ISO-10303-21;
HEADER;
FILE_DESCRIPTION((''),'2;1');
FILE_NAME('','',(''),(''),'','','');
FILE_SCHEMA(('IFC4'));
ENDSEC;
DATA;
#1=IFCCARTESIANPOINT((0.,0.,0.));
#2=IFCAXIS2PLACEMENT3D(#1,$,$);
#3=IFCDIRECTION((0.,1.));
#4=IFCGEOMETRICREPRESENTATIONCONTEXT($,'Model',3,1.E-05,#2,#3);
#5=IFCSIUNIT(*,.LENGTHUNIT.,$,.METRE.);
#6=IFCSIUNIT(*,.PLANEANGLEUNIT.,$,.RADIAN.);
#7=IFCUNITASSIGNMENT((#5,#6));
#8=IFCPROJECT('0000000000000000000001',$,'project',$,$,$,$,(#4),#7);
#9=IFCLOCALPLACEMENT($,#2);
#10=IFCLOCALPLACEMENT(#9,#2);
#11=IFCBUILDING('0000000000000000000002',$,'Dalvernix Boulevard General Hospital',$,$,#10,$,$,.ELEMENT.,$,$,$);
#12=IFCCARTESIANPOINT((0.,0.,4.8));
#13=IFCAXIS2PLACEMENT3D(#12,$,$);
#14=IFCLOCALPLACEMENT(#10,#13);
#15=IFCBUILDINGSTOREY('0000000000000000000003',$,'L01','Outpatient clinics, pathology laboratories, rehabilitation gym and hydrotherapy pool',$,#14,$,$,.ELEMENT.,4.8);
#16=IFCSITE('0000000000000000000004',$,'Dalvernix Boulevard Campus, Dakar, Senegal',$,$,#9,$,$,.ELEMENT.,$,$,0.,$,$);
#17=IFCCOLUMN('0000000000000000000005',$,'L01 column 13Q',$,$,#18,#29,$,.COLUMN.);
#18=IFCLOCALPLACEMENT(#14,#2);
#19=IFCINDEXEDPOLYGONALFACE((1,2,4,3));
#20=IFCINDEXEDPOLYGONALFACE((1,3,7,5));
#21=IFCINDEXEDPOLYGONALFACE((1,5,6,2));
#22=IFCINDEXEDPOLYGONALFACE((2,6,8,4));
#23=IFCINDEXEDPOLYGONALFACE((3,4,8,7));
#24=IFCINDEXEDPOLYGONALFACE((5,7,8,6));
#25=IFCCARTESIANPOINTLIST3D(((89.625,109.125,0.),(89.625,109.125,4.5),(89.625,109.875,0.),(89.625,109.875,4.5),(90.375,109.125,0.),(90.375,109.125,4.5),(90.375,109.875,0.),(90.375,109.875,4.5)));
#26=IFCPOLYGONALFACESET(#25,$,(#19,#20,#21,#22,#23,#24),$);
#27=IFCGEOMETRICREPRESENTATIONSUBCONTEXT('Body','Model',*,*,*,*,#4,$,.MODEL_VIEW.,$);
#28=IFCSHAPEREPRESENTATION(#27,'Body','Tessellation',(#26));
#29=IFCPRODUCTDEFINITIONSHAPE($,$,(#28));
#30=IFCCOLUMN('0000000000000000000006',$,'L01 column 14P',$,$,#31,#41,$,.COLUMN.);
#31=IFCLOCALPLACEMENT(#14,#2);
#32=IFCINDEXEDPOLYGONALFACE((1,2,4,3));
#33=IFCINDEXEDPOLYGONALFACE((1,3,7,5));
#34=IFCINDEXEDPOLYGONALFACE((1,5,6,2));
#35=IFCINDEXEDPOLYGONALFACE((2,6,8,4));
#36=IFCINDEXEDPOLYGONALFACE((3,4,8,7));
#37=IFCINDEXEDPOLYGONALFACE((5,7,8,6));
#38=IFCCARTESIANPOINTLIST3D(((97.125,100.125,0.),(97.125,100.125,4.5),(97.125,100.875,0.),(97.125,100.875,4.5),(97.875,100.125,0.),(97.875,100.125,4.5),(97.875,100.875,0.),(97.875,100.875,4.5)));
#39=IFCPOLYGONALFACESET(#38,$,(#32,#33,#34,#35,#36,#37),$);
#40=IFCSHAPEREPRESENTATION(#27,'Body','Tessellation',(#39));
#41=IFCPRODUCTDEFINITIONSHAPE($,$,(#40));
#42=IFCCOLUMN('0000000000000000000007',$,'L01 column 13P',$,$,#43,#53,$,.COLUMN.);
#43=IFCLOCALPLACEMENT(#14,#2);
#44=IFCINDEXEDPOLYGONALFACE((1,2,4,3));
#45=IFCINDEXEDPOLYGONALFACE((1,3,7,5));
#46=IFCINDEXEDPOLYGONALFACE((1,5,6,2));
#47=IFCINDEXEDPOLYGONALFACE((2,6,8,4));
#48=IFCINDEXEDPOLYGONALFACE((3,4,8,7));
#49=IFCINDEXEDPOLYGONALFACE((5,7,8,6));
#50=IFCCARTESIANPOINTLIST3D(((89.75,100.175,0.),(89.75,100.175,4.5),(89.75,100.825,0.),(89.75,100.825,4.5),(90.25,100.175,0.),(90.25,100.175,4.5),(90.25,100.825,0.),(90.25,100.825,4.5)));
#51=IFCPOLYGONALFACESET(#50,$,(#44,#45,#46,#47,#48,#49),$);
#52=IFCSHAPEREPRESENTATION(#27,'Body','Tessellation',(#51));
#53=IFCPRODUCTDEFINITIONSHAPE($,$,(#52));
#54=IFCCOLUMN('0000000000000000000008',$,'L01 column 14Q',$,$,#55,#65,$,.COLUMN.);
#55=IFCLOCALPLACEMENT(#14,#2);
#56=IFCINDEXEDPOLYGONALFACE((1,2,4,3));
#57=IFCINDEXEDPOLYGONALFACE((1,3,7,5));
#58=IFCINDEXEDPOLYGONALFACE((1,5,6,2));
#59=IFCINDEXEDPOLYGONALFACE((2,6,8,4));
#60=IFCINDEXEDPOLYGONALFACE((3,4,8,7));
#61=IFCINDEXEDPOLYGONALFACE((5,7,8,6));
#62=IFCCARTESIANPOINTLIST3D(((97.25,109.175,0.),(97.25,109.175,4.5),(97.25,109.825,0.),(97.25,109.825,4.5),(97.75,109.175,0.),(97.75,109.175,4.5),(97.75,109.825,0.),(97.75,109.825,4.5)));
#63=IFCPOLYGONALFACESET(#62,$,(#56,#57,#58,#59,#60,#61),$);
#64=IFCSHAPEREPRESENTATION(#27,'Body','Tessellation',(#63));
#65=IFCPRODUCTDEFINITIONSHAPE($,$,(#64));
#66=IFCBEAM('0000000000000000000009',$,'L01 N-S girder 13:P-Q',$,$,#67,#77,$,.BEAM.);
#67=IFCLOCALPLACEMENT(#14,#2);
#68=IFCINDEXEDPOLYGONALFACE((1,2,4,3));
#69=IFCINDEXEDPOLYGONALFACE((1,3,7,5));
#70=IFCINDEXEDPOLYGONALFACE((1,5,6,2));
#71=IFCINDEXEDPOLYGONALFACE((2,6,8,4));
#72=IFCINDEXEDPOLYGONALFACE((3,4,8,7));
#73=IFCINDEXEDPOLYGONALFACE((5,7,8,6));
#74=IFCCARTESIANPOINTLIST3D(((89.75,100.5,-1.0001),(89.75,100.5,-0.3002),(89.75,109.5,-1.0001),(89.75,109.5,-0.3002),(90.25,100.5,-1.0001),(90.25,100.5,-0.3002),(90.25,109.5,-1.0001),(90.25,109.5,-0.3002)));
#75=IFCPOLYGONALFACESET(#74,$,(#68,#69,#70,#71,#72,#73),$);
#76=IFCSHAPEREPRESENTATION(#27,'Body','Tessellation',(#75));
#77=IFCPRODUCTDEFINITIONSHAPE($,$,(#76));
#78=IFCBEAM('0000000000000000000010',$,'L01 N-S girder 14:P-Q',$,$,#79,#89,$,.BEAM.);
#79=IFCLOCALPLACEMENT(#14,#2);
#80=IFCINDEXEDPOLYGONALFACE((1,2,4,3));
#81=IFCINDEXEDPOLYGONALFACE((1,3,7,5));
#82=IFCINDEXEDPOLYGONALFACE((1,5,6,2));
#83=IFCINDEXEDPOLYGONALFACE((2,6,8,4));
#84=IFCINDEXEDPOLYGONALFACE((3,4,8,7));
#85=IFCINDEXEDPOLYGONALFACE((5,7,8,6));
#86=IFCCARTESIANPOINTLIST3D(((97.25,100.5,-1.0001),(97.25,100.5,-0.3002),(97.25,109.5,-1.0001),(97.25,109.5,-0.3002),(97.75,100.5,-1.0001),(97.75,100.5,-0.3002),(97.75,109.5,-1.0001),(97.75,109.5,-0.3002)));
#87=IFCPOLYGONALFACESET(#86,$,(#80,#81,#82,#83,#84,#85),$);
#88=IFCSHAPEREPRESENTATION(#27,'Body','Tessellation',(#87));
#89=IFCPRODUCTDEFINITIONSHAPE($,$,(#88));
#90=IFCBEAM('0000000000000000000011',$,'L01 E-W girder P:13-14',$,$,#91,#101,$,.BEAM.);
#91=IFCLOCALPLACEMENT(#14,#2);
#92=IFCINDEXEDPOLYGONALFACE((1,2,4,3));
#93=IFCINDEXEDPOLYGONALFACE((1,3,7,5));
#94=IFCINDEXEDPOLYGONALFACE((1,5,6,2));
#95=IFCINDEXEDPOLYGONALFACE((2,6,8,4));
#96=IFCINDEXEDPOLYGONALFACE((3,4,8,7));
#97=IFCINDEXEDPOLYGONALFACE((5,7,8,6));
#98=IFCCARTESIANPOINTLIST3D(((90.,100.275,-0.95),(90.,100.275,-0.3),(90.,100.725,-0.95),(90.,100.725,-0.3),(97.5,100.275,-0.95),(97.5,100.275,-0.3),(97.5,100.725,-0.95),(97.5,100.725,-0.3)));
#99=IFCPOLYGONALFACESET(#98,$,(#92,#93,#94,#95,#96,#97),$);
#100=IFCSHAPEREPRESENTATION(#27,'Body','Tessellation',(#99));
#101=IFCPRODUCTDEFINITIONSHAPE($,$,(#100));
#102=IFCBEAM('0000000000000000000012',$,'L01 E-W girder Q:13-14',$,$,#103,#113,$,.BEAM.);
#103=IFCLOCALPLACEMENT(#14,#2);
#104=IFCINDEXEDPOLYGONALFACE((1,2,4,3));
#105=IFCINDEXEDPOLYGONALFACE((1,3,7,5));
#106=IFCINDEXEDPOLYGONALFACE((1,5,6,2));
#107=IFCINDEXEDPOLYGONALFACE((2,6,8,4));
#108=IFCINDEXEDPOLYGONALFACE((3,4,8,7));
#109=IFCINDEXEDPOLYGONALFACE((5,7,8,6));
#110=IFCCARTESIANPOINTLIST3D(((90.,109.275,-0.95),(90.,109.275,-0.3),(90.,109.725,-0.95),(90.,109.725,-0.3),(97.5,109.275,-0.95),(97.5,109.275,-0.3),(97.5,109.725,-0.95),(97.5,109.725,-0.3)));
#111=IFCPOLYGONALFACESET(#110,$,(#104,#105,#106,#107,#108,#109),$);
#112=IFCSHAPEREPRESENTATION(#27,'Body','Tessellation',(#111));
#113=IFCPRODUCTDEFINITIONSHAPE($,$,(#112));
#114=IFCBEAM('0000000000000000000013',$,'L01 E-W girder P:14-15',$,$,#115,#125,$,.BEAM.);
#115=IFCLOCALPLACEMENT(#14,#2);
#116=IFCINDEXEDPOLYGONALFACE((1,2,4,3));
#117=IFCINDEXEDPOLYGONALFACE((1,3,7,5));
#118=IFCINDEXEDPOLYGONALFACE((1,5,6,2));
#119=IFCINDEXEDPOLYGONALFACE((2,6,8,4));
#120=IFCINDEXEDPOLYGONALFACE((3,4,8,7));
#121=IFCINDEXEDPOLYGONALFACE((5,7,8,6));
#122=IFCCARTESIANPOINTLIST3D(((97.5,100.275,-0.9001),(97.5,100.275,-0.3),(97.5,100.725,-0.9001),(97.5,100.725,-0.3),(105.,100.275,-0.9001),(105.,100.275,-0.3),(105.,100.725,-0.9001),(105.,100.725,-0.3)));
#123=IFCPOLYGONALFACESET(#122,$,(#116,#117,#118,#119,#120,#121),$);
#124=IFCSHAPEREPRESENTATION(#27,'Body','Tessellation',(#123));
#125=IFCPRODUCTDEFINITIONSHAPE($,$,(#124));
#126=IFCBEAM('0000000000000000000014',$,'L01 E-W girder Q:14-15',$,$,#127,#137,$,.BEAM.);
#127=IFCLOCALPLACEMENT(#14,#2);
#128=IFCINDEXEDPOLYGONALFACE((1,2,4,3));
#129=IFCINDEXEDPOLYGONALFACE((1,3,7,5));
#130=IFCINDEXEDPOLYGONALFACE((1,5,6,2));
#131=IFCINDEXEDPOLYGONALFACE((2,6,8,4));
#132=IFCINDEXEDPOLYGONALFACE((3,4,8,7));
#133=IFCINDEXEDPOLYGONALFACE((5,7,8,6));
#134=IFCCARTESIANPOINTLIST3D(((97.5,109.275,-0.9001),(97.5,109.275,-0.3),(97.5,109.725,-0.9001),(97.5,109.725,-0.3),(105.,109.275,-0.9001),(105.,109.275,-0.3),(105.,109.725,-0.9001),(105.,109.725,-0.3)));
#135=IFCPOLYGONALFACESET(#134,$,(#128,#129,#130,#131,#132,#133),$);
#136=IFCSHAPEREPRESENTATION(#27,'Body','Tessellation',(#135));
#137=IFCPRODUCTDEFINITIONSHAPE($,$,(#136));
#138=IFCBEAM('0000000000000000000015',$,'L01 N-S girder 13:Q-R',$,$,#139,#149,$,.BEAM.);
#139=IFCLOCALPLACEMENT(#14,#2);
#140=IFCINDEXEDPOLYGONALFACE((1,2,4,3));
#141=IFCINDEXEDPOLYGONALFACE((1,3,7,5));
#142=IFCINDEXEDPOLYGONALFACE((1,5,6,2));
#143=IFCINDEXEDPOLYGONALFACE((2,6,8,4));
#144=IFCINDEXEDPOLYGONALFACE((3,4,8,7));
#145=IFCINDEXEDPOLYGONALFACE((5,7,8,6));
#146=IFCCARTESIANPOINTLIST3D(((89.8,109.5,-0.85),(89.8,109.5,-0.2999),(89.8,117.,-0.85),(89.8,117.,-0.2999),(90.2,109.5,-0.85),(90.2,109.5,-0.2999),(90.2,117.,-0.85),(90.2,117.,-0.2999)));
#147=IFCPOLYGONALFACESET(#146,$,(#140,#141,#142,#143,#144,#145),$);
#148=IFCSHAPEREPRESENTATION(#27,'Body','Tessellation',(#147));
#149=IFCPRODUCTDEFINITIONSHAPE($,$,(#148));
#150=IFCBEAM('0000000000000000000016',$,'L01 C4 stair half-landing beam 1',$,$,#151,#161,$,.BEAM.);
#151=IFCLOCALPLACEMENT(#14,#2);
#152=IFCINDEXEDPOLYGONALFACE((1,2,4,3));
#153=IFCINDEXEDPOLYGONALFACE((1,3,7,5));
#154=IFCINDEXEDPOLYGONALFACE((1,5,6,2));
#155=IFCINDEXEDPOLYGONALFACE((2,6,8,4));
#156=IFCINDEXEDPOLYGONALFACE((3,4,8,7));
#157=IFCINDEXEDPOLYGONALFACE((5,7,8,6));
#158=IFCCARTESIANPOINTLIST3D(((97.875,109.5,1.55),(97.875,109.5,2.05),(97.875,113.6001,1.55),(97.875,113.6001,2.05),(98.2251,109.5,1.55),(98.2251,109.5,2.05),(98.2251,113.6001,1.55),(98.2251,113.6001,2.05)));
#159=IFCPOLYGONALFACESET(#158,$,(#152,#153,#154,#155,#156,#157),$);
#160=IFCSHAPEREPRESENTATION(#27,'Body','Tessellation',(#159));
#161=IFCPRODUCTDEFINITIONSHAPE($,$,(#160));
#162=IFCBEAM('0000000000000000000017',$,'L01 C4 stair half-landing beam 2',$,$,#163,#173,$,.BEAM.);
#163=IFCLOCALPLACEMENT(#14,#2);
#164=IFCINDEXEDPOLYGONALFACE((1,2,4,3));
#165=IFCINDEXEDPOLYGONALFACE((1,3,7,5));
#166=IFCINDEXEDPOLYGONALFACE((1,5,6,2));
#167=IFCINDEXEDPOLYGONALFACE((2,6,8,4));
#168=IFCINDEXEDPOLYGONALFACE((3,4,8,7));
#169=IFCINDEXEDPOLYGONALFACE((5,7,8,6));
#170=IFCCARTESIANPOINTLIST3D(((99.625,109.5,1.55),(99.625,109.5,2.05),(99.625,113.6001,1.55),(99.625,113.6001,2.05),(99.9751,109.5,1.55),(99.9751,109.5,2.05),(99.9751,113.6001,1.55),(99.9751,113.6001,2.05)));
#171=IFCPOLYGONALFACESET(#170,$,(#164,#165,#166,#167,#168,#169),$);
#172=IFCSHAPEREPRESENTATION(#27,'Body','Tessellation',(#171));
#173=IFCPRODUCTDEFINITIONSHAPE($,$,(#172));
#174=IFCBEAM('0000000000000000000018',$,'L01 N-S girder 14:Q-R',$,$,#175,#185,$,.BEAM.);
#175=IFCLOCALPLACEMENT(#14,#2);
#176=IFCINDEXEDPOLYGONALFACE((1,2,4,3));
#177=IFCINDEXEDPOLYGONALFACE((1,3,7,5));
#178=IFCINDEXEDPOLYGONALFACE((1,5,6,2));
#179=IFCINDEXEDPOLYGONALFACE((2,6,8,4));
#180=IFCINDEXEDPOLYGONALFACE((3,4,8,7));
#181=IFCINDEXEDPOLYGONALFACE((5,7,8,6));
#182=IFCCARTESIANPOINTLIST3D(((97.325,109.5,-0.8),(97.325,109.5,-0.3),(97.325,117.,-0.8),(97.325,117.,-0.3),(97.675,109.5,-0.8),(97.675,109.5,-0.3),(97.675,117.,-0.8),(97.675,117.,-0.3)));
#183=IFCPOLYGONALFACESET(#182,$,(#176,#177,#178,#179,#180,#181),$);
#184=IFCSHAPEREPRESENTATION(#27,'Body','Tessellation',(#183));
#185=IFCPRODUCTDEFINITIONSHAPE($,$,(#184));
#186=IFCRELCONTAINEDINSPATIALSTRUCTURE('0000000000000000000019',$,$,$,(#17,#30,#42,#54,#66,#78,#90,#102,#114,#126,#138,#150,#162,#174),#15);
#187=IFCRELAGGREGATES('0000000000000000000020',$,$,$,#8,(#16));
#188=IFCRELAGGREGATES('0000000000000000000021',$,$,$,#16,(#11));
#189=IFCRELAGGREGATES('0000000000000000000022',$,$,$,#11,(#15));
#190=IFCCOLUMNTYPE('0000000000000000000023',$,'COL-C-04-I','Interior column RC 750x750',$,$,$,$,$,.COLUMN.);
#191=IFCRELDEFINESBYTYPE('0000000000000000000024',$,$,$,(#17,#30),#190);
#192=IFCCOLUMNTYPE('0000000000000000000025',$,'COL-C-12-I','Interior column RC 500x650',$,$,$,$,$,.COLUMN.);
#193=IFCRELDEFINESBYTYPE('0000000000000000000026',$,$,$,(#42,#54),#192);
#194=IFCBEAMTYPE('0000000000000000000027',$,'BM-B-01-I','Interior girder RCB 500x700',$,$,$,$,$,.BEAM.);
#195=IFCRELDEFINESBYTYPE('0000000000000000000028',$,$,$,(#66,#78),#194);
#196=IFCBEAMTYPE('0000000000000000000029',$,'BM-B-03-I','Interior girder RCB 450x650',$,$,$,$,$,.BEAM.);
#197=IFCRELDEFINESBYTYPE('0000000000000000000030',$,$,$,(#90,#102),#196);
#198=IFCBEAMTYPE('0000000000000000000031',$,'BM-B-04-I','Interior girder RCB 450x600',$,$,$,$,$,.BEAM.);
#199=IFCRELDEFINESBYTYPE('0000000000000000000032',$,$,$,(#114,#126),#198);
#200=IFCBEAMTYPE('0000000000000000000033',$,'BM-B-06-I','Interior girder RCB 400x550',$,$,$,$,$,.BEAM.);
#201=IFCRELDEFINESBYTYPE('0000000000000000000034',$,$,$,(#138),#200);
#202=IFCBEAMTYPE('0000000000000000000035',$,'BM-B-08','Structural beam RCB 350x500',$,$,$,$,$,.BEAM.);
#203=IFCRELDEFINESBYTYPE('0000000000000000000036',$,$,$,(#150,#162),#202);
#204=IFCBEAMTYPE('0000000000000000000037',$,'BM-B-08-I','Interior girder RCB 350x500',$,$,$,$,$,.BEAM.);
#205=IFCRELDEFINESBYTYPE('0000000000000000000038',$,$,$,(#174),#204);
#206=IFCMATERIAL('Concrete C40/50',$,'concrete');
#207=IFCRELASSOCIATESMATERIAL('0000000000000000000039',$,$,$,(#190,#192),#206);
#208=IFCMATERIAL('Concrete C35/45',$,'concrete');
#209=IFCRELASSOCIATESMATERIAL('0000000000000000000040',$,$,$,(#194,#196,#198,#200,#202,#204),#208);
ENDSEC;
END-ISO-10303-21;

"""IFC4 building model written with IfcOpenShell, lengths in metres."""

from ifc_helpers import new_model, si_unit, direction, frame, origin, origin_2d, place, context, subcontext, project, spatial, rectangle, extrude, material, material_profile, profile_set, type_object, element, save


model = new_model("IFC4")

# Units and contexts
model_context = context("Model", 3, precision=1e-05, world=origin(), true_north=direction((0.0, 1.0)))
body_context = subcontext(model_context, "Body", "Model", "MODEL_VIEW")
ifc_project = project(units=[si_unit("LENGTHUNIT", "METRE"), si_unit("PLANEANGLEUNIT", "RADIAN")], contexts=[model_context])

# Site, building, storey
site_placement = place(None, origin())
site = spatial("IfcSite", under=ifc_project, at=site_placement, Name="Dalvernix Boulevard Campus, Dakar, Senegal", CompositionType="ELEMENT", RefElevation=0.0)
building_placement = place(site_placement, origin())
building = spatial("IfcBuilding", under=site, at=building_placement, Name="Dalvernix Boulevard General Hospital", CompositionType="ELEMENT")
storey_placement = place(building_placement, frame((0.0, 0.0, 4.8)))
storey = spatial("IfcBuildingStorey", under=building, at=storey_placement, Name="L01", Description="Outpatient clinics, pathology laboratories, rehabilitation gym and hydrotherapy pool", CompositionType="ELEMENT", Elevation=4.8)

# Columns
ifc_material_1 = material(Name="Concrete C40/50", Category="concrete")
ifc_material_profile_1 = material_profile(ifc_material_1, rectangle(XDim=0.75, YDim=0.75, at=origin_2d()), Name="RC 750x750")
ifc_profile_set_1 = profile_set([ifc_material_profile_1], Name="Concrete C40/50")
column_type_1 = type_object("IfcColumnType", Name="COL-C-04-I", Description="Interior column RC 750x750", PredefinedType="COLUMN", material=ifc_profile_set_1)
for number, where, z_axis, x_axis, name in (
    (1, (90.0, 109.5, 0.0), (0.0, 0.0, 1.0), (1.0, 0.0, 0.0), "L01 column 13Q"),
    (2, (97.5, 100.5, 0.0), (0.0, 0.0, 1.0), (1.0, 0.0, 0.0), "L01 column 14P"),
):
    element("IfcColumn", number, at=place(storey_placement, frame(where, z_axis=z_axis, x_axis=x_axis)), inside=storey, type_object=column_type_1, Name=name, PredefinedType="COLUMN", context=body_context, shape_type="SweptSolid", body=[
        extrude(rectangle(XDim=0.75, YDim=0.75, at=origin_2d()), origin(), (0.0, 0.0, 1.0), 4.5),
    ])
ifc_material_profile_2 = material_profile(ifc_material_1, rectangle(XDim=0.5, YDim=0.6499, at=origin_2d()), Name="RC 500x650")
ifc_profile_set_2 = profile_set([ifc_material_profile_2], Name="Concrete C40/50")
column_type_2 = type_object("IfcColumnType", Name="COL-C-12-I", Description="Interior column RC 500x650", PredefinedType="COLUMN", material=ifc_profile_set_2)
for number, where, z_axis, x_axis, name in (
    (3, (90.0, 100.5, 0.0), (0.0, 0.0, 1.0), (1.0, 0.0, 0.0), "L01 column 13P"),
    (4, (97.5, 109.5, 0.0), (0.0, 0.0, 1.0), (1.0, 0.0, 0.0), "L01 column 14Q"),
):
    element("IfcColumn", number, at=place(storey_placement, frame(where, z_axis=z_axis, x_axis=x_axis)), inside=storey, type_object=column_type_2, Name=name, PredefinedType="COLUMN", context=body_context, shape_type="SweptSolid", body=[
        extrude(rectangle(XDim=0.5, YDim=0.6499, at=origin_2d()), origin(), (0.0, 0.0, 1.0), 4.5),
    ])

# Beams
ifc_material_2 = material(Name="Concrete C35/45", Category="concrete")
ifc_material_profile_3 = material_profile(ifc_material_2, rectangle(XDim=0.5, YDim=0.7, at=origin_2d()), Name="RCB 500x700")
ifc_profile_set_3 = profile_set([ifc_material_profile_3], Name="Concrete C35/45")
beam_type_1 = type_object("IfcBeamType", Name="BM-B-01-I", Description="Interior girder RCB 500x700", PredefinedType="BEAM", material=ifc_profile_set_3)
for number, where, z_axis, x_axis, name in (
    (5, (90.0, 100.5, -0.6501), (0.0, 1.0, 0.0), (-1.0, 0.0, 0.0), "L01 N-S girder 13:P-Q"),
    (6, (97.5, 100.5, -0.6501), (0.0, 1.0, 0.0), (-1.0, 0.0, 0.0), "L01 N-S girder 14:P-Q"),
):
    element("IfcBeam", number, at=place(storey_placement, frame(where, z_axis=z_axis, x_axis=x_axis)), inside=storey, type_object=beam_type_1, Name=name, PredefinedType="BEAM", context=body_context, shape_type="SweptSolid", body=[
        extrude(rectangle(XDim=0.5, YDim=0.7, at=origin_2d()), origin(), (0.0, 0.0, 1.0), 9.0),
    ])
ifc_material_profile_4 = material_profile(ifc_material_2, rectangle(XDim=0.45, YDim=0.6499, at=origin_2d()), Name="RCB 450x650")
ifc_profile_set_4 = profile_set([ifc_material_profile_4], Name="Concrete C35/45")
beam_type_2 = type_object("IfcBeamType", Name="BM-B-03-I", Description="Interior girder RCB 450x650", PredefinedType="BEAM", material=ifc_profile_set_4)
for number, where, z_axis, x_axis, name in (
    (7, (90.0, 100.5, -0.625), (1.0, 0.0, 0.0), (0.0, 1.0, 0.0), "L01 E-W girder P:13-14"),
    (8, (90.0, 109.5, -0.625), (1.0, 0.0, 0.0), (0.0, 1.0, 0.0), "L01 E-W girder Q:13-14"),
):
    element("IfcBeam", number, at=place(storey_placement, frame(where, z_axis=z_axis, x_axis=x_axis)), inside=storey, type_object=beam_type_2, Name=name, PredefinedType="BEAM", context=body_context, shape_type="SweptSolid", body=[
        extrude(rectangle(XDim=0.45, YDim=0.6499, at=origin_2d()), origin(), (0.0, 0.0, 1.0), 7.5),
    ])
ifc_material_profile_5 = material_profile(ifc_material_2, rectangle(XDim=0.45, YDim=0.6001, at=origin_2d()), Name="RCB 450x600")
ifc_profile_set_5 = profile_set([ifc_material_profile_5], Name="Concrete C35/45")
beam_type_3 = type_object("IfcBeamType", Name="BM-B-04-I", Description="Interior girder RCB 450x600", PredefinedType="BEAM", material=ifc_profile_set_5)
for number, where, z_axis, x_axis, name in (
    (9, (97.5, 100.5, -0.6001), (1.0, 0.0, 0.0), (0.0, 1.0, 0.0), "L01 E-W girder P:14-15"),
    (10, (97.5, 109.5, -0.6001), (1.0, 0.0, 0.0), (0.0, 1.0, 0.0), "L01 E-W girder Q:14-15"),
):
    element("IfcBeam", number, at=place(storey_placement, frame(where, z_axis=z_axis, x_axis=x_axis)), inside=storey, type_object=beam_type_3, Name=name, PredefinedType="BEAM", context=body_context, shape_type="SweptSolid", body=[
        extrude(rectangle(XDim=0.45, YDim=0.6001, at=origin_2d()), origin(), (0.0, 0.0, 1.0), 7.5),
    ])
ifc_material_profile_6 = material_profile(ifc_material_2, rectangle(XDim=0.3999, YDim=0.55, at=origin_2d()), Name="RCB 400x550")
ifc_profile_set_6 = profile_set([ifc_material_profile_6], Name="Concrete C35/45")
beam_type_4 = type_object("IfcBeamType", Name="BM-B-06-I", Description="Interior girder RCB 400x550", PredefinedType="BEAM", material=ifc_profile_set_6)
beam_1_placement = place(storey_placement, frame((90.0, 109.5, -0.575), z_axis=(0.0, 1.0, 0.0), x_axis=(-1.0, 0.0, 0.0)))
element("IfcBeam", 11, at=beam_1_placement, inside=storey, type_object=beam_type_4, Name="L01 N-S girder 13:Q-R", PredefinedType="BEAM", context=body_context, shape_type="SweptSolid", body=[
    extrude(rectangle(XDim=0.3999, YDim=0.55, at=origin_2d()), origin(), (0.0, 0.0, 1.0), 7.5),
])
ifc_material_profile_7 = material_profile(ifc_material_2, rectangle(XDim=0.3501, YDim=0.5, at=origin_2d()), Name="RCB 350x500")
ifc_profile_set_7 = profile_set([ifc_material_profile_7], Name="Concrete C35/45")
beam_type_5 = type_object("IfcBeamType", Name="BM-B-08", Description="Structural beam RCB 350x500", PredefinedType="BEAM", material=ifc_profile_set_7)
for number, where, z_axis, x_axis, name in (
    (12, (98.05, 109.5, 1.8), (0.0, 1.0, 0.0), (-1.0, 0.0, 0.0), "L01 C4 stair half-landing beam 1"),
    (13, (99.8, 109.5, 1.8), (0.0, 1.0, 0.0), (-1.0, 0.0, 0.0), "L01 C4 stair half-landing beam 2"),
):
    element("IfcBeam", number, at=place(storey_placement, frame(where, z_axis=z_axis, x_axis=x_axis)), inside=storey, type_object=beam_type_5, Name=name, PredefinedType="BEAM", context=body_context, shape_type="SweptSolid", body=[
        extrude(rectangle(XDim=0.3501, YDim=0.5, at=origin_2d()), origin(), (0.0, 0.0, 1.0), 4.1001),
    ])
ifc_material_profile_8 = material_profile(ifc_material_2, rectangle(XDim=0.3501, YDim=0.5, at=origin_2d()), Name="RCB 350x500")
ifc_profile_set_8 = profile_set([ifc_material_profile_8], Name="Concrete C35/45")
beam_type_6 = type_object("IfcBeamType", Name="BM-B-08-I", Description="Interior girder RCB 350x500", PredefinedType="BEAM", material=ifc_profile_set_8)
beam_2_placement = place(storey_placement, frame((97.5, 109.5, -0.55), z_axis=(0.0, 1.0, 0.0), x_axis=(-1.0, 0.0, 0.0)))
element("IfcBeam", 14, at=beam_2_placement, inside=storey, type_object=beam_type_6, Name="L01 N-S girder 14:Q-R", PredefinedType="BEAM", context=body_context, shape_type="SweptSolid", body=[
    extrude(rectangle(XDim=0.3501, YDim=0.5, at=origin_2d()), origin(), (0.0, 0.0, 1.0), 7.5),
])

save(model, "model.ifc")
